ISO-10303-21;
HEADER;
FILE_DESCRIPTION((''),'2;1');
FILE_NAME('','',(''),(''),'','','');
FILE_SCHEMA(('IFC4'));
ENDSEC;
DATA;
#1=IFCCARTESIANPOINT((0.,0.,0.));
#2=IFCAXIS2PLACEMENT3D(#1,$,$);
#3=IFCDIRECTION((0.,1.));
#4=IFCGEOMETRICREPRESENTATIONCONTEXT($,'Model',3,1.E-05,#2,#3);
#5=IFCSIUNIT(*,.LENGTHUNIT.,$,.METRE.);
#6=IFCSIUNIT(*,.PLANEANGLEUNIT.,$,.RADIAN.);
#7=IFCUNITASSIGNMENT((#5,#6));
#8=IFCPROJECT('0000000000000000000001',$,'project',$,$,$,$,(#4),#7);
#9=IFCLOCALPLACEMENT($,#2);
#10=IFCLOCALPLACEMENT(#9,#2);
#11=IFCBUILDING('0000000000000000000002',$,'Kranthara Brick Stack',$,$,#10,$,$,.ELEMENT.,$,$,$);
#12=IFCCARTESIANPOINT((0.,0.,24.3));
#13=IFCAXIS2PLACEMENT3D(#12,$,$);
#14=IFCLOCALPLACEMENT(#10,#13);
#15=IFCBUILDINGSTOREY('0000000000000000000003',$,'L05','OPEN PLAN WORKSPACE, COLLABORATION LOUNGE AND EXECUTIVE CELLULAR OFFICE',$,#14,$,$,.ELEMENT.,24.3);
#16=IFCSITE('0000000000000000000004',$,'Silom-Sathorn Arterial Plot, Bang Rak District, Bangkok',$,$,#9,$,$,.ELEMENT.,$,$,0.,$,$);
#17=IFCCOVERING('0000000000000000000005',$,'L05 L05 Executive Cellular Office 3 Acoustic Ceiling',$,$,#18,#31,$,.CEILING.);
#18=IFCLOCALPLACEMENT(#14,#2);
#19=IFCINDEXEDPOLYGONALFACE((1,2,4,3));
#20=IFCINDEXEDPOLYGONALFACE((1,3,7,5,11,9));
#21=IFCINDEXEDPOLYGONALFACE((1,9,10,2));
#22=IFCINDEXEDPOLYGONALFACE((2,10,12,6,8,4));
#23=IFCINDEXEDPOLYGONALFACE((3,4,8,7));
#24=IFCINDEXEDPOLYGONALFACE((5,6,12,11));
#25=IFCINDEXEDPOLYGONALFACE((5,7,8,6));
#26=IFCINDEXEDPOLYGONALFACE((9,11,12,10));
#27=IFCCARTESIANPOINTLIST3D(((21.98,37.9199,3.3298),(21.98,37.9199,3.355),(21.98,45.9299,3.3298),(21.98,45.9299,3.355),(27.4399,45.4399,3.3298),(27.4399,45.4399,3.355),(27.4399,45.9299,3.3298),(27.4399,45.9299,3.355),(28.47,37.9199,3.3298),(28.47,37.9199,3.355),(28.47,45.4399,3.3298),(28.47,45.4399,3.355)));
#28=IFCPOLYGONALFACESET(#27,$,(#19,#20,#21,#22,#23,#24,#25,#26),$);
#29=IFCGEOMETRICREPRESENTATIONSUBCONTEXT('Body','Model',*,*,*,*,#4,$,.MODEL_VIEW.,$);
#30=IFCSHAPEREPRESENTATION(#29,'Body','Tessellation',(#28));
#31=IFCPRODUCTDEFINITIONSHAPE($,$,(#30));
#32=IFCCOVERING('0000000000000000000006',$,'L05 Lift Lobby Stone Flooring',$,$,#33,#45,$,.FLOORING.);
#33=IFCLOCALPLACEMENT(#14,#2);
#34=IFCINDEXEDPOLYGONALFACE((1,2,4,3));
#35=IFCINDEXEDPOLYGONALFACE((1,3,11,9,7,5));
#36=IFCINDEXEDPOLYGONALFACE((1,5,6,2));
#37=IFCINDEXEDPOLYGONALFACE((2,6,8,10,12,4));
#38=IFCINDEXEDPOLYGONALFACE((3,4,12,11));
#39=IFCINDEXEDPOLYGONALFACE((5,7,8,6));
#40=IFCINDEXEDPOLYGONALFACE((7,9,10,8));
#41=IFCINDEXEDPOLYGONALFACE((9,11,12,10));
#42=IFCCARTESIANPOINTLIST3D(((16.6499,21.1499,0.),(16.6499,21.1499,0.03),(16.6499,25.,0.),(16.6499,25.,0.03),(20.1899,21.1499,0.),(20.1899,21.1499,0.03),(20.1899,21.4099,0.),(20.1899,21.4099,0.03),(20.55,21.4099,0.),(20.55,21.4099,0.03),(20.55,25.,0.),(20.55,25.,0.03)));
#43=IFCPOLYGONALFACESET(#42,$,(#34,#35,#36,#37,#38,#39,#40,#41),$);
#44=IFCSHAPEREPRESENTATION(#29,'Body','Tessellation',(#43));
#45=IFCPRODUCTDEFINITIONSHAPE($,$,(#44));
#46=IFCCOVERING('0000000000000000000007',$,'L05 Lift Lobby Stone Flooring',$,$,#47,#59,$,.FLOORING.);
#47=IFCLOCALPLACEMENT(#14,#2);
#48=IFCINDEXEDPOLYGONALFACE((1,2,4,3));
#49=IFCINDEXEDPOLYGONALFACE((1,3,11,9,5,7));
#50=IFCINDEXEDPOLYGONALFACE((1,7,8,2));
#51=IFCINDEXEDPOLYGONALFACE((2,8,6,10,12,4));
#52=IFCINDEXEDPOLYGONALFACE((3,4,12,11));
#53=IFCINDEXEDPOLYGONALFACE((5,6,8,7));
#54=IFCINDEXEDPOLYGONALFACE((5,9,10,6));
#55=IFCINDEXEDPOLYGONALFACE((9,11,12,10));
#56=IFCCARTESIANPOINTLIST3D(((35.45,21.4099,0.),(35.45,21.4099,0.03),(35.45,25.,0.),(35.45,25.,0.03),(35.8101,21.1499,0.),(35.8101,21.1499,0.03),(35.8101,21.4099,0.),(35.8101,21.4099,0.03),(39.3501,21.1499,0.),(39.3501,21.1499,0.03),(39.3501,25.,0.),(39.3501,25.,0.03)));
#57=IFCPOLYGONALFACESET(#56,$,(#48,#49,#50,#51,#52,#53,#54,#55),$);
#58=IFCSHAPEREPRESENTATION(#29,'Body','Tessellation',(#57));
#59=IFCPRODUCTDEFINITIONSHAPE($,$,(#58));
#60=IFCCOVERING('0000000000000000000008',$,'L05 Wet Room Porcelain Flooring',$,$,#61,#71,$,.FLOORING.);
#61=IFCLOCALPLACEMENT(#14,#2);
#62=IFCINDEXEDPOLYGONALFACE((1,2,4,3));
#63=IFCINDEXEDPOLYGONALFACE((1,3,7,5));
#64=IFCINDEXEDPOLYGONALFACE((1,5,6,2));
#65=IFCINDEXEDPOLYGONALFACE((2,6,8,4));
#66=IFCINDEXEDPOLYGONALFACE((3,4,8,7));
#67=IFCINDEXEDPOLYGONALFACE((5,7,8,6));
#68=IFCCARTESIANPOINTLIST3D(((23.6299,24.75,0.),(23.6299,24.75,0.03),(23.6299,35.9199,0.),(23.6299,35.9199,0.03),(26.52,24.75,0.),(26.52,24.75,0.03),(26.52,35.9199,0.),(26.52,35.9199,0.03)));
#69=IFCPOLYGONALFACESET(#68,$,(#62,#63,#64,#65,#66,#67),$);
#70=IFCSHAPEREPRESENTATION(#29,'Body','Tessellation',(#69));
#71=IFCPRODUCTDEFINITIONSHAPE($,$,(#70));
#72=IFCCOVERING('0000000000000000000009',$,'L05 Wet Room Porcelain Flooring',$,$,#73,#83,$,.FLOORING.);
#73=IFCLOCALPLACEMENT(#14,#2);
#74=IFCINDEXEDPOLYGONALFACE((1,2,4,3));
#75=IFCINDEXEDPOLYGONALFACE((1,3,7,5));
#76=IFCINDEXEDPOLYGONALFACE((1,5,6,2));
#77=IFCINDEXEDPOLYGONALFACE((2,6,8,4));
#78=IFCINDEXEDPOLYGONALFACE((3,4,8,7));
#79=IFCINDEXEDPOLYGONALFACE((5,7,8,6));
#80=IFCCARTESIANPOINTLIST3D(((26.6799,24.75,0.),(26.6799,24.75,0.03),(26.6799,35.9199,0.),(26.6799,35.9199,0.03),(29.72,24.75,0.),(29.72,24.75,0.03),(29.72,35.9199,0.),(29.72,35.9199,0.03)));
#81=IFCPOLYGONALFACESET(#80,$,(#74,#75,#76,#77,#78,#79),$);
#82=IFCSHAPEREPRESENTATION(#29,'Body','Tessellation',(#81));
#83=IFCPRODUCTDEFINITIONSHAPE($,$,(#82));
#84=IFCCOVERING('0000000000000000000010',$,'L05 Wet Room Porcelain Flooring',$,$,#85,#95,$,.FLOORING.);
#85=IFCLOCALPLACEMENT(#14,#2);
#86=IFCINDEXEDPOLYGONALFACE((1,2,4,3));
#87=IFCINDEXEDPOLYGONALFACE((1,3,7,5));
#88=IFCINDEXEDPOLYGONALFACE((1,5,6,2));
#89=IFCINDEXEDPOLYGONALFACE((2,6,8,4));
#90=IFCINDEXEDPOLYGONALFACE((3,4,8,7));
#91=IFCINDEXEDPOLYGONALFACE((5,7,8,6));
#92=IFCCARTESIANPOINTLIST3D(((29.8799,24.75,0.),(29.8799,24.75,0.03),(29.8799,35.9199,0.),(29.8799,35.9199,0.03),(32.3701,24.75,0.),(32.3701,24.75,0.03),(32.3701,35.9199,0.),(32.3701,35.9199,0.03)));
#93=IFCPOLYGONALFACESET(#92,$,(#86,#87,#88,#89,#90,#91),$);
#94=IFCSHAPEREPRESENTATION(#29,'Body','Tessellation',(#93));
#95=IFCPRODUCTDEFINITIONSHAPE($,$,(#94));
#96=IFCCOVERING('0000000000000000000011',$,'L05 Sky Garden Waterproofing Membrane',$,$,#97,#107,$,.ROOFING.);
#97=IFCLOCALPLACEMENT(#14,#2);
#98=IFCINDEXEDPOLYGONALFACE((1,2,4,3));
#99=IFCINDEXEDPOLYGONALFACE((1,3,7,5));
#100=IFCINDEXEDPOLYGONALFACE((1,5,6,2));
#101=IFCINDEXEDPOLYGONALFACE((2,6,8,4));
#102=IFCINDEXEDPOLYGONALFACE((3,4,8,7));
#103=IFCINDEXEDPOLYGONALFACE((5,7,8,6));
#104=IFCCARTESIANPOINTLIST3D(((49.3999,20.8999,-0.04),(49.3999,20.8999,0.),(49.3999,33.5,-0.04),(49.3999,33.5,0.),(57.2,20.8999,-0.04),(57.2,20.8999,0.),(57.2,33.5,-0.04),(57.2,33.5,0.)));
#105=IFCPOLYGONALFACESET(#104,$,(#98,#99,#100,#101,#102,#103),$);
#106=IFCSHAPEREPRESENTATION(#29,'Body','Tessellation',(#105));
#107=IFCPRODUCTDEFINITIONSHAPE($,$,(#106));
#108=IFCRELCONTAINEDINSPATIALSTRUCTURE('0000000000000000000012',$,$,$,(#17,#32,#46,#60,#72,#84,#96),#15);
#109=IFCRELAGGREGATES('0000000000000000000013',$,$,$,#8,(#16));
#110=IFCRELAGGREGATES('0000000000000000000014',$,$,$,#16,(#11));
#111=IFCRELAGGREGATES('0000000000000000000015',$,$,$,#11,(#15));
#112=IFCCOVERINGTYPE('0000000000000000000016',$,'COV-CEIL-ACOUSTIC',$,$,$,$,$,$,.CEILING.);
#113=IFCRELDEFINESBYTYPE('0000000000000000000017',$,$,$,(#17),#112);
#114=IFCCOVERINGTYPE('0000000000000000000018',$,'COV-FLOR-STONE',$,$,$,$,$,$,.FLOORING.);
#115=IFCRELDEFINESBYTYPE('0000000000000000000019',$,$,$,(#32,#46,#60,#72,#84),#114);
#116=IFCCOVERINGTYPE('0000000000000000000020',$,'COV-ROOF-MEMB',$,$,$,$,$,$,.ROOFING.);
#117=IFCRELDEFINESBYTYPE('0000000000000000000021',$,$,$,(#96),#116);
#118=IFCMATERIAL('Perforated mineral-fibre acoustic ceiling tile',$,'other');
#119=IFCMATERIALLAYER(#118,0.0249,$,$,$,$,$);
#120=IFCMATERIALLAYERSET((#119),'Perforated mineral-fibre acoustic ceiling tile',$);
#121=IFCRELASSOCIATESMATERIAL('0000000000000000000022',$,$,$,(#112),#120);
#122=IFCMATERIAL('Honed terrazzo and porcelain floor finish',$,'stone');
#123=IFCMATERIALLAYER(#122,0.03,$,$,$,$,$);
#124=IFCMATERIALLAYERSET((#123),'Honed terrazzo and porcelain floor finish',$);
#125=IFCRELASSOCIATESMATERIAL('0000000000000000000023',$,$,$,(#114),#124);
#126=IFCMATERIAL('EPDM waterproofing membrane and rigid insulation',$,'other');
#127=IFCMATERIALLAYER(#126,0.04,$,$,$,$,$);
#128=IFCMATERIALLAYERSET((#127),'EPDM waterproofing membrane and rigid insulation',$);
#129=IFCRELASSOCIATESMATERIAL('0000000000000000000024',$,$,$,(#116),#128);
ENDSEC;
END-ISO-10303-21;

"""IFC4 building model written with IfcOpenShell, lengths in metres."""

from ifc_helpers import new_model, si_unit, direction, frame, origin, place, context, subcontext, project, spatial, polyline, outline, extrude, material, layer, layer_set, type_object, element, save


model = new_model("IFC4")

# Units and contexts
model_context = context("Model", 3, precision=1e-05, world=origin(), true_north=direction((0.0, 1.0)))
body_context = subcontext(model_context, "Body", "Model", "MODEL_VIEW")
ifc_project = project(units=[si_unit("LENGTHUNIT", "METRE"), si_unit("PLANEANGLEUNIT", "RADIAN")], contexts=[model_context])

# Site, building, storey
site_placement = place(None, origin())
site = spatial("IfcSite", under=ifc_project, at=site_placement, Name="Silom-Sathorn Arterial Plot, Bang Rak District, Bangkok", CompositionType="ELEMENT", RefElevation=0.0)
building_placement = place(site_placement, origin())
building = spatial("IfcBuilding", under=site, at=building_placement, Name="Kranthara Brick Stack", CompositionType="ELEMENT")
storey_placement = place(building_placement, frame((0.0, 0.0, 24.3)))
storey = spatial("IfcBuildingStorey", under=building, at=storey_placement, Name="L05", Description="OPEN PLAN WORKSPACE, COLLABORATION LOUNGE AND EXECUTIVE CELLULAR OFFICE", CompositionType="ELEMENT", Elevation=24.3)

# Coverings
ifc_material_1 = material(Name="Perforated mineral-fibre acoustic ceiling tile", Category="other")
ifc_layer_1 = layer(ifc_material_1, 0.0249)
ifc_layer_set_1 = layer_set([ifc_layer_1], Name="Perforated mineral-fibre acoustic ceiling tile")
covering_type_1 = type_object("IfcCoveringType", Name="COV-CEIL-ACOUSTIC", PredefinedType="CEILING", material=ifc_layer_set_1)
covering_1_placement = place(storey_placement, frame((0.0, 0.0, 3.3298)))
element("IfcCovering", 1, at=covering_1_placement, inside=storey, type_object=covering_type_1, Name="L05 L05 Executive Cellular Office 3 Acoustic Ceiling", PredefinedType="CEILING", context=body_context, shape_type="SweptSolid", body=[
    extrude(outline(polyline([(28.47, 37.9199), (21.98, 37.9199), (21.98, 45.9299), (27.4399, 45.9299), (27.4399, 45.4399), (28.47, 45.4399), (28.47, 37.9199)])), origin(), (0.0, 0.0, 1.0), 0.0251),
])
ifc_material_2 = material(Name="Honed terrazzo and porcelain floor finish", Category="stone")
ifc_layer_2 = layer(ifc_material_2, 0.03)
ifc_layer_set_2 = layer_set([ifc_layer_2], Name="Honed terrazzo and porcelain floor finish")
covering_type_2 = type_object("IfcCoveringType", Name="COV-FLOR-STONE", PredefinedType="FLOORING", material=ifc_layer_set_2)
covering_2_placement = place(storey_placement, origin())
element("IfcCovering", 2, at=covering_2_placement, inside=storey, type_object=covering_type_2, Name="L05 Lift Lobby Stone Flooring", PredefinedType="FLOORING", context=body_context, shape_type="SweptSolid", body=[
    extrude(outline(polyline([(16.6499, 21.1499), (16.6499, 25.0), (20.55, 25.0), (20.55, 21.4099), (20.1899, 21.4099), (20.1899, 21.1499), (16.6499, 21.1499)])), origin(), (0.0, 0.0, 1.0), 0.03),
])
covering_3_placement = place(storey_placement, origin())
element("IfcCovering", 3, at=covering_3_placement, inside=storey, type_object=covering_type_2, Name="L05 Lift Lobby Stone Flooring", PredefinedType="FLOORING", context=body_context, shape_type="SweptSolid", body=[
    extrude(outline(polyline([(35.45, 25.0), (39.3501, 25.0), (39.3501, 21.1499), (35.8101, 21.1499), (35.8101, 21.4099), (35.45, 21.4099), (35.45, 25.0)])), origin(), (0.0, 0.0, 1.0), 0.03),
])
covering_4_placement = place(storey_placement, origin())
element("IfcCovering", 4, at=covering_4_placement, inside=storey, type_object=covering_type_2, Name="L05 Wet Room Porcelain Flooring", PredefinedType="FLOORING", context=body_context, shape_type="SweptSolid", body=[
    extrude(outline(polyline([(26.52, 24.75), (26.52, 35.9199), (23.6299, 35.9199), (23.6299, 24.75), (26.52, 24.75)])), origin(), (0.0, 0.0, 1.0), 0.03),
])
covering_5_placement = place(storey_placement, origin())
element("IfcCovering", 5, at=covering_5_placement, inside=storey, type_object=covering_type_2, Name="L05 Wet Room Porcelain Flooring", PredefinedType="FLOORING", context=body_context, shape_type="SweptSolid", body=[
    extrude(outline(polyline([(29.72, 24.75), (29.72, 35.9199), (26.6799, 35.9199), (26.6799, 24.75), (29.72, 24.75)])), origin(), (0.0, 0.0, 1.0), 0.03),
])
covering_6_placement = place(storey_placement, origin())
element("IfcCovering", 6, at=covering_6_placement, inside=storey, type_object=covering_type_2, Name="L05 Wet Room Porcelain Flooring", PredefinedType="FLOORING", context=body_context, shape_type="SweptSolid", body=[
    extrude(outline(polyline([(32.3701, 24.75), (32.3701, 35.9199), (29.8799, 35.9199), (29.8799, 24.75), (32.3701, 24.75)])), origin(), (0.0, 0.0, 1.0), 0.03),
])
ifc_material_3 = material(Name="EPDM waterproofing membrane and rigid insulation", Category="other")
ifc_layer_3 = layer(ifc_material_3, 0.04)
ifc_layer_set_3 = layer_set([ifc_layer_3], Name="EPDM waterproofing membrane and rigid insulation")
covering_type_3 = type_object("IfcCoveringType", Name="COV-ROOF-MEMB", PredefinedType="ROOFING", material=ifc_layer_set_3)
covering_7_placement = place(storey_placement, frame((0.0, 0.0, -0.04)))
element("IfcCovering", 7, at=covering_7_placement, inside=storey, type_object=covering_type_3, Name="L05 Sky Garden Waterproofing Membrane", PredefinedType="ROOFING", context=body_context, shape_type="SweptSolid", body=[
    extrude(outline(polyline([(49.3999, 20.8999), (57.2, 20.8999), (57.2, 33.5), (49.3999, 33.5), (49.3999, 20.8999)])), origin(), (0.0, 0.0, 1.0), 0.04),
])

save(model, "model.ifc")
